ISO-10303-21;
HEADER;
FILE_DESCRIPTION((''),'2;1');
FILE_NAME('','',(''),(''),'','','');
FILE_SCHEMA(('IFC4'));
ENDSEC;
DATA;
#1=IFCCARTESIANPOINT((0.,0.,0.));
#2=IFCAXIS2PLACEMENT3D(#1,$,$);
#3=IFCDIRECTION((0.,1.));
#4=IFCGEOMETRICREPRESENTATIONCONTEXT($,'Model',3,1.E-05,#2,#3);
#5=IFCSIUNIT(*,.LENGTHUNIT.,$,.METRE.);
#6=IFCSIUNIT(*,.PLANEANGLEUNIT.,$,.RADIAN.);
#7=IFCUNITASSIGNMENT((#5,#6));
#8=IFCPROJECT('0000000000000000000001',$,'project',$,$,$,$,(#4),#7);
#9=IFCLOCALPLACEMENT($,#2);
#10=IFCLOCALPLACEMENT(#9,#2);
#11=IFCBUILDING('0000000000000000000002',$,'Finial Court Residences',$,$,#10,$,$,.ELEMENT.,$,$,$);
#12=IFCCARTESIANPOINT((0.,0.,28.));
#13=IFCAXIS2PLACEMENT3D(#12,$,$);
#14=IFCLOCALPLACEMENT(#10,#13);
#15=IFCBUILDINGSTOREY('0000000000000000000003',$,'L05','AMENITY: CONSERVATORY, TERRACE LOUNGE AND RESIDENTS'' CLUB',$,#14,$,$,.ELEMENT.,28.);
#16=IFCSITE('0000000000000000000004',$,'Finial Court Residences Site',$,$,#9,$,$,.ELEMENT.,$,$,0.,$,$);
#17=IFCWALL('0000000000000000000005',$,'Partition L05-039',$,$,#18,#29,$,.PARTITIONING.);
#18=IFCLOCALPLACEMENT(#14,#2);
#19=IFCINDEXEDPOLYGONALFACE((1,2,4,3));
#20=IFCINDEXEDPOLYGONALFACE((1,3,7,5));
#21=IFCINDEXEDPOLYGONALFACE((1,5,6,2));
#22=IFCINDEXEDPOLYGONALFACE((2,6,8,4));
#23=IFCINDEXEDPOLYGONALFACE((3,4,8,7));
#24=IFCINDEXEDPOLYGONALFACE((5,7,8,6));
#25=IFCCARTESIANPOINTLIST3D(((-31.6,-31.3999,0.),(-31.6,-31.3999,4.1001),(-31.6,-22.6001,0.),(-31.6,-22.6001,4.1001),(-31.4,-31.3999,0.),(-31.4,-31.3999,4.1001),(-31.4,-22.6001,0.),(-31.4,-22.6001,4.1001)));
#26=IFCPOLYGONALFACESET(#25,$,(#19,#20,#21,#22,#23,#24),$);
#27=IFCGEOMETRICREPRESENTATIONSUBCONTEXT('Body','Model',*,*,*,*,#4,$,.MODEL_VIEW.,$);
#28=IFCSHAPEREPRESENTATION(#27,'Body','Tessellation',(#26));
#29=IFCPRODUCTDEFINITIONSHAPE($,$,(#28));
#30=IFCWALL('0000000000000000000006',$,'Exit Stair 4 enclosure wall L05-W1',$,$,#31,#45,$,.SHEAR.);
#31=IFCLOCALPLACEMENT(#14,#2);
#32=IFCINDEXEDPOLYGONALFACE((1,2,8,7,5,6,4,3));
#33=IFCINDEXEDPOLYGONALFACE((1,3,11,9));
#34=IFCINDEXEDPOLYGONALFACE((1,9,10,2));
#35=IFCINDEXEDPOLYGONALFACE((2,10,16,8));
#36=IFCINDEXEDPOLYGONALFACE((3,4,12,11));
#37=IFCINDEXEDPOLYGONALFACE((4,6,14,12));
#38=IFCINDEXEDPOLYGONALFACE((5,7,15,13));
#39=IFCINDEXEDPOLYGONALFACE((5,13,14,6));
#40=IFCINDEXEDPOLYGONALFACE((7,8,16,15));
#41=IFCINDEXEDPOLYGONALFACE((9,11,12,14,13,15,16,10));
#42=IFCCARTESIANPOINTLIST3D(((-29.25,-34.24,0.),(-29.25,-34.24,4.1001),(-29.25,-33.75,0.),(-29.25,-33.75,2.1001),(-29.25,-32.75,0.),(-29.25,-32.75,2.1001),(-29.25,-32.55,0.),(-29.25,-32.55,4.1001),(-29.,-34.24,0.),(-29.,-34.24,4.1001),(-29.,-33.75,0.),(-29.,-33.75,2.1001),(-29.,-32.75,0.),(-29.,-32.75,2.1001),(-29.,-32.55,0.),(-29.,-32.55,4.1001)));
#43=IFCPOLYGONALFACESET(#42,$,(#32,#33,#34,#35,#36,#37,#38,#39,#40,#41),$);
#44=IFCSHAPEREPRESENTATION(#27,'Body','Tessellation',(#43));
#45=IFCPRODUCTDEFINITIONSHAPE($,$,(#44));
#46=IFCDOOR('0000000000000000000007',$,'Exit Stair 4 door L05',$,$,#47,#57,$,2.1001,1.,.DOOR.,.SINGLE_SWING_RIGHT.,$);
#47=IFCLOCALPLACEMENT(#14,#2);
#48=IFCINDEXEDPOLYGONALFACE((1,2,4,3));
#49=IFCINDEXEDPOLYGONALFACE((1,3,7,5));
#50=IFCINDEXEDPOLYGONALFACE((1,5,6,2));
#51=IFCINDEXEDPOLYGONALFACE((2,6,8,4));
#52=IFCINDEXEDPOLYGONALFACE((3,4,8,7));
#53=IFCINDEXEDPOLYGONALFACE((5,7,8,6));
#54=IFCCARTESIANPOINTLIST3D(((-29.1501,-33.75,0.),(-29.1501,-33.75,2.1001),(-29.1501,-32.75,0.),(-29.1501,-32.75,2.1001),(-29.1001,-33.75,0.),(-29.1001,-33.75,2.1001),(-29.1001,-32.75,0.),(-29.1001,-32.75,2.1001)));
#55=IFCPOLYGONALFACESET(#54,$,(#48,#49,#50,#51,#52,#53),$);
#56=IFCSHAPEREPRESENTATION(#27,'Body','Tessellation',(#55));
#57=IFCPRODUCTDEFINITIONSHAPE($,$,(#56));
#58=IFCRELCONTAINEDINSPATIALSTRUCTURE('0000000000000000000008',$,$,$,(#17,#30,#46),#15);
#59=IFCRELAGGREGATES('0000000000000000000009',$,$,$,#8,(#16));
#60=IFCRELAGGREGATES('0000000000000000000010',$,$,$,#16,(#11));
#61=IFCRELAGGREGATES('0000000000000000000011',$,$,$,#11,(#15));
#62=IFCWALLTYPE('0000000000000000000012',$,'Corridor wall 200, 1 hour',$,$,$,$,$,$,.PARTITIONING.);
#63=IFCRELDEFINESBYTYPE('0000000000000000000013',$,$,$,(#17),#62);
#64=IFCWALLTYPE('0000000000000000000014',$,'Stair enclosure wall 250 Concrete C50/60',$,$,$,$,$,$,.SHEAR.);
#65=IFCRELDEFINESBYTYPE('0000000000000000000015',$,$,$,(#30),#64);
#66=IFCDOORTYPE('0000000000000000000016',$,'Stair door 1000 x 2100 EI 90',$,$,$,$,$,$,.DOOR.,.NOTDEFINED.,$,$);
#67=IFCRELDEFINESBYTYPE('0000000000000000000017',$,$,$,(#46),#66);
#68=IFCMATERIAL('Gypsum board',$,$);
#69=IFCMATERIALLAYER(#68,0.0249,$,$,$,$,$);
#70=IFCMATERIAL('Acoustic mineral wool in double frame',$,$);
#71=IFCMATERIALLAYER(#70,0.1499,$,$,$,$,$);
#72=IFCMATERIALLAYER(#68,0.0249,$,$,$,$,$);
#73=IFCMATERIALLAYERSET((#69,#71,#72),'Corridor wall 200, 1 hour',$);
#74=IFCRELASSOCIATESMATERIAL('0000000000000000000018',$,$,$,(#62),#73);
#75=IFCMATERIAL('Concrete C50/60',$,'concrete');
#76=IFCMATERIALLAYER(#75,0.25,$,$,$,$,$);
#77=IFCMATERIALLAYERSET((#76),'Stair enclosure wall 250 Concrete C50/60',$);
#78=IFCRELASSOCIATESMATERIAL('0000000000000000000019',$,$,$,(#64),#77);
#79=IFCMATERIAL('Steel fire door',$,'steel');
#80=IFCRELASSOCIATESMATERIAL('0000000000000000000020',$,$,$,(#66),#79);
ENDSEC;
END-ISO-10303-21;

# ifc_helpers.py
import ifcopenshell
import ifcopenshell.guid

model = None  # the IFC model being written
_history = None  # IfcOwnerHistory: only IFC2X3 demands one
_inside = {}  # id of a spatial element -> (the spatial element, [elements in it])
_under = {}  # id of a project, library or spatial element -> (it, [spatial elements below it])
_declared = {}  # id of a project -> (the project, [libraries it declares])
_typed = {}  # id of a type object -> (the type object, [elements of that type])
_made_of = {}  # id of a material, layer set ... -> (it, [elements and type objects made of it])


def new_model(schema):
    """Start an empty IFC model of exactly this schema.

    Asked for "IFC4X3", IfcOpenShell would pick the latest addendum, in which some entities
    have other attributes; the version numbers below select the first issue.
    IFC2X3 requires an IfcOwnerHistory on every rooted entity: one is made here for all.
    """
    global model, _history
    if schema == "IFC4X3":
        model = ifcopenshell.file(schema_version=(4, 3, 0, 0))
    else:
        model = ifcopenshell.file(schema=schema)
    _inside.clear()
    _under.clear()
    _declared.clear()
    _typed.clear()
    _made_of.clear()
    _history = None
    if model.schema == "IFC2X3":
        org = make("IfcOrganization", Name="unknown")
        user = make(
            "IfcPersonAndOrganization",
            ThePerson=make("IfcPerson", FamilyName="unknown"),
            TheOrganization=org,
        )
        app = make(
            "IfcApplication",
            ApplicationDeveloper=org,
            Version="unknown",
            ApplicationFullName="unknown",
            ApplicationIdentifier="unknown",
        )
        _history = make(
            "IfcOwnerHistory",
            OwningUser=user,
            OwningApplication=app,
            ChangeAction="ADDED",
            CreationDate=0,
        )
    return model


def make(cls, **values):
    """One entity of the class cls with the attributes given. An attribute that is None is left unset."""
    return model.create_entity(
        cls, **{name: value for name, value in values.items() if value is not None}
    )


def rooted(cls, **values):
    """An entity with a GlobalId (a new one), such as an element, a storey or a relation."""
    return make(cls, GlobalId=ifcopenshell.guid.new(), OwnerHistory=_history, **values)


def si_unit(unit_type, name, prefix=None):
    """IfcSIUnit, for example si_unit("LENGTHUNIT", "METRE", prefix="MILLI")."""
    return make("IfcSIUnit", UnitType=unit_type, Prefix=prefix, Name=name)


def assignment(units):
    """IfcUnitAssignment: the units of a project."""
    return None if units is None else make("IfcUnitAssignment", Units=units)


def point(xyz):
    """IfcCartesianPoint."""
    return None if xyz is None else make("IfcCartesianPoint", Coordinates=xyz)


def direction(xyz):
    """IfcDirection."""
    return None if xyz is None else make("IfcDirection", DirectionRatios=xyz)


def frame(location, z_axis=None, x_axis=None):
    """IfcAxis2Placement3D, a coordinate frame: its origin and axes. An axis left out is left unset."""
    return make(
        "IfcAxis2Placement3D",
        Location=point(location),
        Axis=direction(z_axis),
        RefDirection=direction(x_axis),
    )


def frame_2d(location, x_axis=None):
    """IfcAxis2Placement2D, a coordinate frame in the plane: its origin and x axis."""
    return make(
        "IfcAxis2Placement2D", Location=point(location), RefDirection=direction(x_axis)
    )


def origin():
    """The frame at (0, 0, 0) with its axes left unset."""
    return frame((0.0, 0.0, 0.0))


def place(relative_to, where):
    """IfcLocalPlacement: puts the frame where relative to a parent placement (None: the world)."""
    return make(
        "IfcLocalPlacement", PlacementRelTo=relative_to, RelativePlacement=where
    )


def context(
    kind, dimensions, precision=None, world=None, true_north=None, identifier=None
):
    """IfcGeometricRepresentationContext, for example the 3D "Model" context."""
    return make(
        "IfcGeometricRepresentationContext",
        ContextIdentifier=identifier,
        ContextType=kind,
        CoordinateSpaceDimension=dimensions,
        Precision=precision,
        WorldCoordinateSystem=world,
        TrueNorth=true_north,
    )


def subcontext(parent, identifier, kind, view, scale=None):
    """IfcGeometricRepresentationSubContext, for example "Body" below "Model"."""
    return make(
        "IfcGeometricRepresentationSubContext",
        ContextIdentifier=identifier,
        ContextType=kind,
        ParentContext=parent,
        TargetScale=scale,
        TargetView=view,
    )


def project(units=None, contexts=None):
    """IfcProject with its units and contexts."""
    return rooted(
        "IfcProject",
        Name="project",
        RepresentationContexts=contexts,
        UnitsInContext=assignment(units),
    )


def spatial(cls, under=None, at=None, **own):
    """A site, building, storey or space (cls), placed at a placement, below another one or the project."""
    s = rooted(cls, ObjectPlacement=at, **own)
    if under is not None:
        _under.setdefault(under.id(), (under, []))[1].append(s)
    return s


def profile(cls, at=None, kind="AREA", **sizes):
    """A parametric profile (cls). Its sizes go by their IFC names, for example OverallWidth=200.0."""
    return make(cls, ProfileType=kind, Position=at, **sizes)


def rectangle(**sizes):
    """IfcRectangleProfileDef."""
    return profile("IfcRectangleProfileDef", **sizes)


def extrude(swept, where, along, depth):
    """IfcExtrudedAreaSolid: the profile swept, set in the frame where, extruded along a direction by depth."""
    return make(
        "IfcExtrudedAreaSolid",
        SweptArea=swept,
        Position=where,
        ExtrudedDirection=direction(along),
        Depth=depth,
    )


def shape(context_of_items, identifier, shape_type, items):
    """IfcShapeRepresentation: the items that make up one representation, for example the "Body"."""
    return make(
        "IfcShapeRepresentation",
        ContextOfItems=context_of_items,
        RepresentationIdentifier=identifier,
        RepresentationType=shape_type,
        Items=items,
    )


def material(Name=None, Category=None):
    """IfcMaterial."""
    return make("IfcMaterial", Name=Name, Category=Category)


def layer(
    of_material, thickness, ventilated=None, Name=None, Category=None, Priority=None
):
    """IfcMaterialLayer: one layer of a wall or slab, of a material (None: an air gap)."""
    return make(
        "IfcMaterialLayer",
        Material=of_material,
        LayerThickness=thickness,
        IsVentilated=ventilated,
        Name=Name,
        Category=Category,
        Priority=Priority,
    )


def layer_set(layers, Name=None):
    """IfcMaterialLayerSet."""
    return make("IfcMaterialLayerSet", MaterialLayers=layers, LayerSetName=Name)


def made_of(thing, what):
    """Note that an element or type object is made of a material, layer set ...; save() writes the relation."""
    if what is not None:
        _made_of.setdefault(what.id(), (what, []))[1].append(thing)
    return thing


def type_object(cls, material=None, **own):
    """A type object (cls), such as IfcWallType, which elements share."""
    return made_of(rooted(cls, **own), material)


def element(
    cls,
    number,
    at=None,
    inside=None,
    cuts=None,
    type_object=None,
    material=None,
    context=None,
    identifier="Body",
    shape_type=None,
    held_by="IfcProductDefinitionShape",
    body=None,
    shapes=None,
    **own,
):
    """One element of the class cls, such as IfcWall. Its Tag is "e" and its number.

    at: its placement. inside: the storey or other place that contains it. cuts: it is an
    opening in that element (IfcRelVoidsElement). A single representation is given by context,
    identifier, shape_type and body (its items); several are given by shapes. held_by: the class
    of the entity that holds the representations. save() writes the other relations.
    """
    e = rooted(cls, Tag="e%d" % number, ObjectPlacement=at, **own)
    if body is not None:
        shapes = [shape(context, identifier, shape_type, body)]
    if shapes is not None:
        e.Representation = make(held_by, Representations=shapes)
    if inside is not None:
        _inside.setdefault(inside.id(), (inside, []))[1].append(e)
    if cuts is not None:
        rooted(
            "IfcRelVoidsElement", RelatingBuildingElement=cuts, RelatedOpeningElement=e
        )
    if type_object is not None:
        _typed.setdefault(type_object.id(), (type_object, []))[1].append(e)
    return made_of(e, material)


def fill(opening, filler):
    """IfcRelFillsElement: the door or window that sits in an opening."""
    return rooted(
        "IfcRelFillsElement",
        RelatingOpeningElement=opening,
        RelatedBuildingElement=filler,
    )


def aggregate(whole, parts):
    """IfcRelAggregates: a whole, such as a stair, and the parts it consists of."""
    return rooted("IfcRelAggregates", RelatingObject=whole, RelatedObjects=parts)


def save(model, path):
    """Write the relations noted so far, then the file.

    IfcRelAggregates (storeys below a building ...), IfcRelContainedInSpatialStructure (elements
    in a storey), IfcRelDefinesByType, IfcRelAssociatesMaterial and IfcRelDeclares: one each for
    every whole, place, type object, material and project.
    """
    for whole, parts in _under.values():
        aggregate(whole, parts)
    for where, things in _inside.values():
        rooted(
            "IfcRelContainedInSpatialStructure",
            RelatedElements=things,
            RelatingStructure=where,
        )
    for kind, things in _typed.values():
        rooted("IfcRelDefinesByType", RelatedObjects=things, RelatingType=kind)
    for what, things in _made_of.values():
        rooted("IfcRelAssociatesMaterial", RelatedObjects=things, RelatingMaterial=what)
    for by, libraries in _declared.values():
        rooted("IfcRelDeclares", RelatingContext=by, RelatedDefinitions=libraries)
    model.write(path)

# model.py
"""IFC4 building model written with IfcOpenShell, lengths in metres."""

from ifc_helpers import new_model, si_unit, direction, frame, frame_2d, origin, place, context, subcontext, project, spatial, rectangle, extrude, material, layer, layer_set, type_object, element, fill, save


model = new_model("IFC4")

# Units and contexts
model_context = context("Model", 3, precision=1e-05, world=origin(), true_north=direction((0.0, 1.0)))
body_context = subcontext(model_context, "Body", "Model", "MODEL_VIEW")
ifc_project = project(units=[si_unit("LENGTHUNIT", "METRE"), si_unit("PLANEANGLEUNIT", "RADIAN")], contexts=[model_context])

# Site, building, storey
site_placement = place(None, origin())
site = spatial("IfcSite", under=ifc_project, at=site_placement, Name="Finial Court Residences Site", CompositionType="ELEMENT", RefElevation=0.0)
building_placement = place(site_placement, origin())
building = spatial("IfcBuilding", under=site, at=building_placement, Name="Finial Court Residences", CompositionType="ELEMENT")
storey_placement = place(building_placement, frame((0.0, 0.0, 28.0)))
storey = spatial("IfcBuildingStorey", under=building, at=storey_placement, Name="L05", Description="AMENITY: CONSERVATORY, TERRACE LOUNGE AND RESIDENTS' CLUB", CompositionType="ELEMENT", Elevation=28.0)

# Shared definitions
ifc_material_1 = material(Name="Concrete C50/60", Category="concrete")

# Wall
ifc_material_2 = material(Name="Gypsum board")
ifc_layer_1 = layer(ifc_material_2, 0.0249)
ifc_material_3 = material(Name="Acoustic mineral wool in double frame")
ifc_layer_2 = layer(ifc_material_3, 0.1499)
ifc_layer_3 = layer(ifc_material_2, 0.0249)
ifc_layer_set_1 = layer_set([ifc_layer_1, ifc_layer_2, ifc_layer_3], Name="Corridor wall 200, 1 hour")
wall_type_1 = type_object("IfcWallType", Name="Corridor wall 200, 1 hour", PredefinedType="PARTITIONING", material=ifc_layer_set_1)
wall_1_placement = place(storey_placement, frame((-31.5, -31.3999, 0.0), z_axis=(0.0, 0.0, 1.0), x_axis=(0.0, 1.0, 0.0)))
element("IfcWall", 1, at=wall_1_placement, inside=storey, type_object=wall_type_1, Name="Partition L05-039", PredefinedType="PARTITIONING", context=body_context, shape_type="SweptSolid", body=[
    extrude(rectangle(XDim=8.7998, YDim=0.2, at=frame_2d((4.3999, 0.0))), origin(), (0.0, 0.0, 1.0), 4.1001),
])

# Wall, opening, door
ifc_layer_4 = layer(ifc_material_1, 0.25)
ifc_layer_set_2 = layer_set([ifc_layer_4], Name="Stair enclosure wall 250 Concrete C50/60")
wall_type_2 = type_object("IfcWallType", Name="Stair enclosure wall 250 Concrete C50/60", PredefinedType="SHEAR", material=ifc_layer_set_2)
wall_2_placement = place(storey_placement, frame((-29.125, -32.55, 0.0), z_axis=(0.0, 0.0, 1.0), x_axis=(0.0, -1.0, 0.0)))
wall_2 = element("IfcWall", 2, at=wall_2_placement, inside=storey, type_object=wall_type_2, Name="Exit Stair 4 enclosure wall L05-W1", PredefinedType="SHEAR", context=body_context, shape_type="SweptSolid", body=[
    extrude(rectangle(XDim=1.6899, YDim=0.25, at=frame_2d((0.845, 0.0))), origin(), (0.0, 0.0, 1.0), 4.1001),
])
opening_placement = place(wall_2_placement, frame((0.2, 0.0, 0.0)))
opening = element("IfcOpeningElement", 3, at=opening_placement, cuts=wall_2, PredefinedType="OPENING", context=body_context, shape_type="SweptSolid", body=[
    extrude(rectangle(XDim=1.0, YDim=2.1001, at=frame_2d((0.5, 1.05))), frame((0.0, 0.135, 0.0), z_axis=(0.0, -1.0, 0.0), x_axis=(1.0, 0.0, 0.0)), (0.0, 0.0, 1.0), 0.27),
])
ifc_material_4 = material(Name="Steel fire door", Category="steel")
door_type = type_object("IfcDoorType", Name="Stair door 1000 x 2100 EI 90", OperationType="NOTDEFINED", PredefinedType="DOOR", material=ifc_material_4)
door_placement = place(opening_placement, origin())
door = element("IfcDoor", 4, at=door_placement, inside=storey, type_object=door_type, Name="Exit Stair 4 door L05", OperationType="SINGLE_SWING_RIGHT", OverallHeight=2.1001, OverallWidth=1.0, PredefinedType="DOOR", context=body_context, shape_type="SweptSolid", body=[
    extrude(rectangle(XDim=1.0, YDim=2.1001, at=frame_2d((0.5, 1.05))), frame((0.0, 0.0249, 0.0), z_axis=(0.0, -1.0, 0.0), x_axis=(1.0, 0.0, 0.0)), (0.0, 0.0, 1.0), 0.05),
])
fill(opening, door)

save(model, "model.ifc")
